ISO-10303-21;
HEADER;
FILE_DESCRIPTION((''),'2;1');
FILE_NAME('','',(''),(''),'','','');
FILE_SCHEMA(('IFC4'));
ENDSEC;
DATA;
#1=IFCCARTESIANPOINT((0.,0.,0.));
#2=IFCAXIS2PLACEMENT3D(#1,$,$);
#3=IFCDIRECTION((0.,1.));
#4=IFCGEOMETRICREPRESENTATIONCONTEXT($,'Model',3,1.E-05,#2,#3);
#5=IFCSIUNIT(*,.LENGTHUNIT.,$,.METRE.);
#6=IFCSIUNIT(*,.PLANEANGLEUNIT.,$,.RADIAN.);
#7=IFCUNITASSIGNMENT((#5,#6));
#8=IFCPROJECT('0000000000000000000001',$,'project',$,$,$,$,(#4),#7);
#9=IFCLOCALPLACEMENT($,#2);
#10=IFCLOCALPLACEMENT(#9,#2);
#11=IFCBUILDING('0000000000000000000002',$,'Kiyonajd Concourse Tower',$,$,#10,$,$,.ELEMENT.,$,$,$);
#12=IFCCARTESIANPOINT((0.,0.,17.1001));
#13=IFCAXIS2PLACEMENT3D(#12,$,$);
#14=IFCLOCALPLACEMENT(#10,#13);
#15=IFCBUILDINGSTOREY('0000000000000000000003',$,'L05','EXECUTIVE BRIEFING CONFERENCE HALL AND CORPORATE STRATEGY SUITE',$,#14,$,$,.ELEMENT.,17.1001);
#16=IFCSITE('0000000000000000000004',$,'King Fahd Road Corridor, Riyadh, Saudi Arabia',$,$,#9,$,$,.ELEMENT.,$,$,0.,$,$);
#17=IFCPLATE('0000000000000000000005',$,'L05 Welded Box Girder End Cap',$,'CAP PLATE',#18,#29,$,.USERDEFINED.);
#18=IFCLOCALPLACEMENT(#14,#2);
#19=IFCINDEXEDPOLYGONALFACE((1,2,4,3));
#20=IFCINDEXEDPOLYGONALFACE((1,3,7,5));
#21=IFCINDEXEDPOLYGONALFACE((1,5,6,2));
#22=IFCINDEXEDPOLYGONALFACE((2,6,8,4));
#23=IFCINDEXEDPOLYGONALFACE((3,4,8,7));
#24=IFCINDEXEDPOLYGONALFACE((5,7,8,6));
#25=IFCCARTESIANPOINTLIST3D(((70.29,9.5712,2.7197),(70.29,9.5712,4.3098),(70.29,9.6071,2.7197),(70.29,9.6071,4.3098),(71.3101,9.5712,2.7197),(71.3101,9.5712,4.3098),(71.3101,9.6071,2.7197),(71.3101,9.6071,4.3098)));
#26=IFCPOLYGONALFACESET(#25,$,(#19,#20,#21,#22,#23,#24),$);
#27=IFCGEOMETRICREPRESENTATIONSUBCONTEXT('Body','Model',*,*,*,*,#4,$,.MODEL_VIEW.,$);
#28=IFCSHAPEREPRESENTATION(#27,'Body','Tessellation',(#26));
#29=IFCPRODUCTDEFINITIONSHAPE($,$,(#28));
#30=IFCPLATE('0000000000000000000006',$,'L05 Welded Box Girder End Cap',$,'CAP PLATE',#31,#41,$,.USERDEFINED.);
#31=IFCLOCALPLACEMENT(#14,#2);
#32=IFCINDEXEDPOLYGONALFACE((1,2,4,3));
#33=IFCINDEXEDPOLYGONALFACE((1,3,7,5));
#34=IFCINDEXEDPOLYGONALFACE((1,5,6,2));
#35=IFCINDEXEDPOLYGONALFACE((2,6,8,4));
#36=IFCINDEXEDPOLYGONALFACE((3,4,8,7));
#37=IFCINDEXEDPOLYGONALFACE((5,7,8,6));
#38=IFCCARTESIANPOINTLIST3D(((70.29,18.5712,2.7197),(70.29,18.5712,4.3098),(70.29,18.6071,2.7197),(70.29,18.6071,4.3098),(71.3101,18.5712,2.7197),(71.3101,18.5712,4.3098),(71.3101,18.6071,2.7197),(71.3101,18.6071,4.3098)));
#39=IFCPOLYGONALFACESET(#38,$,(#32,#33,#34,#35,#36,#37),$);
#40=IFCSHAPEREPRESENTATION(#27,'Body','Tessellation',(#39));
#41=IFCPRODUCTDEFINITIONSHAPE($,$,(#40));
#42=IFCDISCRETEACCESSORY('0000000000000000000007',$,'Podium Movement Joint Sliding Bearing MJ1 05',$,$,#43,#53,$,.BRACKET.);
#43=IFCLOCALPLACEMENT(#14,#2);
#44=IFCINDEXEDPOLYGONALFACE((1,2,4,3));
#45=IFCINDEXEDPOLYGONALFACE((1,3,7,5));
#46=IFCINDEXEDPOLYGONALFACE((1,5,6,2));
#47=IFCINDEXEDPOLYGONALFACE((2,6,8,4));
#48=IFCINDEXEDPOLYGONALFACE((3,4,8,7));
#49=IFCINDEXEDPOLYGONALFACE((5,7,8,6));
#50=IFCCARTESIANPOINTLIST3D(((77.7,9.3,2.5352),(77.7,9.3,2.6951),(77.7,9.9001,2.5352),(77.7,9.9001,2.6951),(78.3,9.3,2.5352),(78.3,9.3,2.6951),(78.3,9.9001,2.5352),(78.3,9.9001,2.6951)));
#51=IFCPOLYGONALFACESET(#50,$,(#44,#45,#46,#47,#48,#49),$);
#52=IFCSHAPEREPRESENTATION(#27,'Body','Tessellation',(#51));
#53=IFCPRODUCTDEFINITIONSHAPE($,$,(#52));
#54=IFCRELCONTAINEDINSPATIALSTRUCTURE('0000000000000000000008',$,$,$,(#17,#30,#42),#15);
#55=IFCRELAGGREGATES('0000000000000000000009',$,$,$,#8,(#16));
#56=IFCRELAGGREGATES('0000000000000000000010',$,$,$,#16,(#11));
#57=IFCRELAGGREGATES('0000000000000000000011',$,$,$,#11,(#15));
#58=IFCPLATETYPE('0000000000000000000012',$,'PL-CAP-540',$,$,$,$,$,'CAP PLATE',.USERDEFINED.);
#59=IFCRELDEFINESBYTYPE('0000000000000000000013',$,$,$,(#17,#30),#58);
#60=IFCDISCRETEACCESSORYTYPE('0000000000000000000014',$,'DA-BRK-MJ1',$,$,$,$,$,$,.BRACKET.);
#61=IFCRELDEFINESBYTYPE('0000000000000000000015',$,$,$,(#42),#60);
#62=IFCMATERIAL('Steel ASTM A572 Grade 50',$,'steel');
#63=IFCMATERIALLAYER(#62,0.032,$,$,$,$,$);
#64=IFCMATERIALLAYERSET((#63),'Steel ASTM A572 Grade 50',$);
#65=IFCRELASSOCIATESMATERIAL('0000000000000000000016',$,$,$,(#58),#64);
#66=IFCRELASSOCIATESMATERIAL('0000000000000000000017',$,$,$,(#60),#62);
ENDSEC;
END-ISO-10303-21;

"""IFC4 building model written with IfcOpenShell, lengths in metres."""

from ifc_helpers import new_model, si_unit, direction, frame, origin, origin_2d, place, context, subcontext, project, spatial, rectangle, extrude, material, layer, layer_set, type_object, element, save


model = new_model("IFC4")

# Units and contexts
model_context = context("Model", 3, precision=1e-05, world=origin(), true_north=direction((0.0, 1.0)))
body_context = subcontext(model_context, "Body", "Model", "MODEL_VIEW")
ifc_project = project(units=[si_unit("LENGTHUNIT", "METRE"), si_unit("PLANEANGLEUNIT", "RADIAN")], contexts=[model_context])

# Site, building, storey
site_placement = place(None, origin())
site = spatial("IfcSite", under=ifc_project, at=site_placement, Name="King Fahd Road Corridor, Riyadh, Saudi Arabia", CompositionType="ELEMENT", RefElevation=0.0)
building_placement = place(site_placement, origin())
building = spatial("IfcBuilding", under=site, at=building_placement, Name="Kiyonajd Concourse Tower", CompositionType="ELEMENT")
storey_placement = place(building_placement, frame((0.0, 0.0, 17.1001)))
storey = spatial("IfcBuildingStorey", under=building, at=storey_placement, Name="L05", Description="EXECUTIVE BRIEFING CONFERENCE HALL AND CORPORATE STRATEGY SUITE", CompositionType="ELEMENT", Elevation=17.1001)

# Shared definitions
ifc_material_1 = material(Name="Steel ASTM A572 Grade 50", Category="steel")

# Plates
ifc_layer = layer(ifc_material_1, 0.032)
ifc_layer_set = layer_set([ifc_layer], Name="Steel ASTM A572 Grade 50")
plate_type = type_object("IfcPlateType", Name="PL-CAP-540", ElementType="CAP PLATE", PredefinedType="USERDEFINED", material=ifc_layer_set)
for number, where, z_axis, x_axis, name in (
    (1, (70.8, 9.5891, 2.7197), (0.0, 0.0, 1.0), (0.0, -1.0, 0.0), "L05 Welded Box Girder End Cap"),
    (2, (70.8, 18.5891, 2.7197), (0.0, 0.0, 1.0), (0.0, -1.0, 0.0), "L05 Welded Box Girder End Cap"),
):
    element("IfcPlate", number, at=place(storey_placement, frame(where, z_axis=z_axis, x_axis=x_axis)), inside=storey, type_object=plate_type, Name=name, ObjectType="CAP PLATE", PredefinedType="USERDEFINED", context=body_context, shape_type="SweptSolid", body=[
        extrude(rectangle(XDim=0.0359, YDim=1.02, at=origin_2d()), origin(), (0.0, 0.0, 1.0), 1.5901),
    ])

# Discrete accessory
discrete_accessory_type = type_object("IfcDiscreteAccessoryType", Name="DA-BRK-MJ1", PredefinedType="BRACKET", material=ifc_material_1)
discrete_accessory_placement = place(storey_placement, frame((78.0, 9.6001, 2.5352), z_axis=(0.0, 0.0, 1.0), x_axis=(1.0, 0.0, 0.0)))
element("IfcDiscreteAccessory", 3, at=discrete_accessory_placement, inside=storey, type_object=discrete_accessory_type, Name="Podium Movement Joint Sliding Bearing MJ1 05", PredefinedType="BRACKET", context=body_context, shape_type="SweptSolid", body=[
    extrude(rectangle(XDim=0.6001, YDim=0.6001, at=origin_2d()), origin(), (0.0, 0.0, 1.0), 0.1599),
])

save(model, "model.ifc")
